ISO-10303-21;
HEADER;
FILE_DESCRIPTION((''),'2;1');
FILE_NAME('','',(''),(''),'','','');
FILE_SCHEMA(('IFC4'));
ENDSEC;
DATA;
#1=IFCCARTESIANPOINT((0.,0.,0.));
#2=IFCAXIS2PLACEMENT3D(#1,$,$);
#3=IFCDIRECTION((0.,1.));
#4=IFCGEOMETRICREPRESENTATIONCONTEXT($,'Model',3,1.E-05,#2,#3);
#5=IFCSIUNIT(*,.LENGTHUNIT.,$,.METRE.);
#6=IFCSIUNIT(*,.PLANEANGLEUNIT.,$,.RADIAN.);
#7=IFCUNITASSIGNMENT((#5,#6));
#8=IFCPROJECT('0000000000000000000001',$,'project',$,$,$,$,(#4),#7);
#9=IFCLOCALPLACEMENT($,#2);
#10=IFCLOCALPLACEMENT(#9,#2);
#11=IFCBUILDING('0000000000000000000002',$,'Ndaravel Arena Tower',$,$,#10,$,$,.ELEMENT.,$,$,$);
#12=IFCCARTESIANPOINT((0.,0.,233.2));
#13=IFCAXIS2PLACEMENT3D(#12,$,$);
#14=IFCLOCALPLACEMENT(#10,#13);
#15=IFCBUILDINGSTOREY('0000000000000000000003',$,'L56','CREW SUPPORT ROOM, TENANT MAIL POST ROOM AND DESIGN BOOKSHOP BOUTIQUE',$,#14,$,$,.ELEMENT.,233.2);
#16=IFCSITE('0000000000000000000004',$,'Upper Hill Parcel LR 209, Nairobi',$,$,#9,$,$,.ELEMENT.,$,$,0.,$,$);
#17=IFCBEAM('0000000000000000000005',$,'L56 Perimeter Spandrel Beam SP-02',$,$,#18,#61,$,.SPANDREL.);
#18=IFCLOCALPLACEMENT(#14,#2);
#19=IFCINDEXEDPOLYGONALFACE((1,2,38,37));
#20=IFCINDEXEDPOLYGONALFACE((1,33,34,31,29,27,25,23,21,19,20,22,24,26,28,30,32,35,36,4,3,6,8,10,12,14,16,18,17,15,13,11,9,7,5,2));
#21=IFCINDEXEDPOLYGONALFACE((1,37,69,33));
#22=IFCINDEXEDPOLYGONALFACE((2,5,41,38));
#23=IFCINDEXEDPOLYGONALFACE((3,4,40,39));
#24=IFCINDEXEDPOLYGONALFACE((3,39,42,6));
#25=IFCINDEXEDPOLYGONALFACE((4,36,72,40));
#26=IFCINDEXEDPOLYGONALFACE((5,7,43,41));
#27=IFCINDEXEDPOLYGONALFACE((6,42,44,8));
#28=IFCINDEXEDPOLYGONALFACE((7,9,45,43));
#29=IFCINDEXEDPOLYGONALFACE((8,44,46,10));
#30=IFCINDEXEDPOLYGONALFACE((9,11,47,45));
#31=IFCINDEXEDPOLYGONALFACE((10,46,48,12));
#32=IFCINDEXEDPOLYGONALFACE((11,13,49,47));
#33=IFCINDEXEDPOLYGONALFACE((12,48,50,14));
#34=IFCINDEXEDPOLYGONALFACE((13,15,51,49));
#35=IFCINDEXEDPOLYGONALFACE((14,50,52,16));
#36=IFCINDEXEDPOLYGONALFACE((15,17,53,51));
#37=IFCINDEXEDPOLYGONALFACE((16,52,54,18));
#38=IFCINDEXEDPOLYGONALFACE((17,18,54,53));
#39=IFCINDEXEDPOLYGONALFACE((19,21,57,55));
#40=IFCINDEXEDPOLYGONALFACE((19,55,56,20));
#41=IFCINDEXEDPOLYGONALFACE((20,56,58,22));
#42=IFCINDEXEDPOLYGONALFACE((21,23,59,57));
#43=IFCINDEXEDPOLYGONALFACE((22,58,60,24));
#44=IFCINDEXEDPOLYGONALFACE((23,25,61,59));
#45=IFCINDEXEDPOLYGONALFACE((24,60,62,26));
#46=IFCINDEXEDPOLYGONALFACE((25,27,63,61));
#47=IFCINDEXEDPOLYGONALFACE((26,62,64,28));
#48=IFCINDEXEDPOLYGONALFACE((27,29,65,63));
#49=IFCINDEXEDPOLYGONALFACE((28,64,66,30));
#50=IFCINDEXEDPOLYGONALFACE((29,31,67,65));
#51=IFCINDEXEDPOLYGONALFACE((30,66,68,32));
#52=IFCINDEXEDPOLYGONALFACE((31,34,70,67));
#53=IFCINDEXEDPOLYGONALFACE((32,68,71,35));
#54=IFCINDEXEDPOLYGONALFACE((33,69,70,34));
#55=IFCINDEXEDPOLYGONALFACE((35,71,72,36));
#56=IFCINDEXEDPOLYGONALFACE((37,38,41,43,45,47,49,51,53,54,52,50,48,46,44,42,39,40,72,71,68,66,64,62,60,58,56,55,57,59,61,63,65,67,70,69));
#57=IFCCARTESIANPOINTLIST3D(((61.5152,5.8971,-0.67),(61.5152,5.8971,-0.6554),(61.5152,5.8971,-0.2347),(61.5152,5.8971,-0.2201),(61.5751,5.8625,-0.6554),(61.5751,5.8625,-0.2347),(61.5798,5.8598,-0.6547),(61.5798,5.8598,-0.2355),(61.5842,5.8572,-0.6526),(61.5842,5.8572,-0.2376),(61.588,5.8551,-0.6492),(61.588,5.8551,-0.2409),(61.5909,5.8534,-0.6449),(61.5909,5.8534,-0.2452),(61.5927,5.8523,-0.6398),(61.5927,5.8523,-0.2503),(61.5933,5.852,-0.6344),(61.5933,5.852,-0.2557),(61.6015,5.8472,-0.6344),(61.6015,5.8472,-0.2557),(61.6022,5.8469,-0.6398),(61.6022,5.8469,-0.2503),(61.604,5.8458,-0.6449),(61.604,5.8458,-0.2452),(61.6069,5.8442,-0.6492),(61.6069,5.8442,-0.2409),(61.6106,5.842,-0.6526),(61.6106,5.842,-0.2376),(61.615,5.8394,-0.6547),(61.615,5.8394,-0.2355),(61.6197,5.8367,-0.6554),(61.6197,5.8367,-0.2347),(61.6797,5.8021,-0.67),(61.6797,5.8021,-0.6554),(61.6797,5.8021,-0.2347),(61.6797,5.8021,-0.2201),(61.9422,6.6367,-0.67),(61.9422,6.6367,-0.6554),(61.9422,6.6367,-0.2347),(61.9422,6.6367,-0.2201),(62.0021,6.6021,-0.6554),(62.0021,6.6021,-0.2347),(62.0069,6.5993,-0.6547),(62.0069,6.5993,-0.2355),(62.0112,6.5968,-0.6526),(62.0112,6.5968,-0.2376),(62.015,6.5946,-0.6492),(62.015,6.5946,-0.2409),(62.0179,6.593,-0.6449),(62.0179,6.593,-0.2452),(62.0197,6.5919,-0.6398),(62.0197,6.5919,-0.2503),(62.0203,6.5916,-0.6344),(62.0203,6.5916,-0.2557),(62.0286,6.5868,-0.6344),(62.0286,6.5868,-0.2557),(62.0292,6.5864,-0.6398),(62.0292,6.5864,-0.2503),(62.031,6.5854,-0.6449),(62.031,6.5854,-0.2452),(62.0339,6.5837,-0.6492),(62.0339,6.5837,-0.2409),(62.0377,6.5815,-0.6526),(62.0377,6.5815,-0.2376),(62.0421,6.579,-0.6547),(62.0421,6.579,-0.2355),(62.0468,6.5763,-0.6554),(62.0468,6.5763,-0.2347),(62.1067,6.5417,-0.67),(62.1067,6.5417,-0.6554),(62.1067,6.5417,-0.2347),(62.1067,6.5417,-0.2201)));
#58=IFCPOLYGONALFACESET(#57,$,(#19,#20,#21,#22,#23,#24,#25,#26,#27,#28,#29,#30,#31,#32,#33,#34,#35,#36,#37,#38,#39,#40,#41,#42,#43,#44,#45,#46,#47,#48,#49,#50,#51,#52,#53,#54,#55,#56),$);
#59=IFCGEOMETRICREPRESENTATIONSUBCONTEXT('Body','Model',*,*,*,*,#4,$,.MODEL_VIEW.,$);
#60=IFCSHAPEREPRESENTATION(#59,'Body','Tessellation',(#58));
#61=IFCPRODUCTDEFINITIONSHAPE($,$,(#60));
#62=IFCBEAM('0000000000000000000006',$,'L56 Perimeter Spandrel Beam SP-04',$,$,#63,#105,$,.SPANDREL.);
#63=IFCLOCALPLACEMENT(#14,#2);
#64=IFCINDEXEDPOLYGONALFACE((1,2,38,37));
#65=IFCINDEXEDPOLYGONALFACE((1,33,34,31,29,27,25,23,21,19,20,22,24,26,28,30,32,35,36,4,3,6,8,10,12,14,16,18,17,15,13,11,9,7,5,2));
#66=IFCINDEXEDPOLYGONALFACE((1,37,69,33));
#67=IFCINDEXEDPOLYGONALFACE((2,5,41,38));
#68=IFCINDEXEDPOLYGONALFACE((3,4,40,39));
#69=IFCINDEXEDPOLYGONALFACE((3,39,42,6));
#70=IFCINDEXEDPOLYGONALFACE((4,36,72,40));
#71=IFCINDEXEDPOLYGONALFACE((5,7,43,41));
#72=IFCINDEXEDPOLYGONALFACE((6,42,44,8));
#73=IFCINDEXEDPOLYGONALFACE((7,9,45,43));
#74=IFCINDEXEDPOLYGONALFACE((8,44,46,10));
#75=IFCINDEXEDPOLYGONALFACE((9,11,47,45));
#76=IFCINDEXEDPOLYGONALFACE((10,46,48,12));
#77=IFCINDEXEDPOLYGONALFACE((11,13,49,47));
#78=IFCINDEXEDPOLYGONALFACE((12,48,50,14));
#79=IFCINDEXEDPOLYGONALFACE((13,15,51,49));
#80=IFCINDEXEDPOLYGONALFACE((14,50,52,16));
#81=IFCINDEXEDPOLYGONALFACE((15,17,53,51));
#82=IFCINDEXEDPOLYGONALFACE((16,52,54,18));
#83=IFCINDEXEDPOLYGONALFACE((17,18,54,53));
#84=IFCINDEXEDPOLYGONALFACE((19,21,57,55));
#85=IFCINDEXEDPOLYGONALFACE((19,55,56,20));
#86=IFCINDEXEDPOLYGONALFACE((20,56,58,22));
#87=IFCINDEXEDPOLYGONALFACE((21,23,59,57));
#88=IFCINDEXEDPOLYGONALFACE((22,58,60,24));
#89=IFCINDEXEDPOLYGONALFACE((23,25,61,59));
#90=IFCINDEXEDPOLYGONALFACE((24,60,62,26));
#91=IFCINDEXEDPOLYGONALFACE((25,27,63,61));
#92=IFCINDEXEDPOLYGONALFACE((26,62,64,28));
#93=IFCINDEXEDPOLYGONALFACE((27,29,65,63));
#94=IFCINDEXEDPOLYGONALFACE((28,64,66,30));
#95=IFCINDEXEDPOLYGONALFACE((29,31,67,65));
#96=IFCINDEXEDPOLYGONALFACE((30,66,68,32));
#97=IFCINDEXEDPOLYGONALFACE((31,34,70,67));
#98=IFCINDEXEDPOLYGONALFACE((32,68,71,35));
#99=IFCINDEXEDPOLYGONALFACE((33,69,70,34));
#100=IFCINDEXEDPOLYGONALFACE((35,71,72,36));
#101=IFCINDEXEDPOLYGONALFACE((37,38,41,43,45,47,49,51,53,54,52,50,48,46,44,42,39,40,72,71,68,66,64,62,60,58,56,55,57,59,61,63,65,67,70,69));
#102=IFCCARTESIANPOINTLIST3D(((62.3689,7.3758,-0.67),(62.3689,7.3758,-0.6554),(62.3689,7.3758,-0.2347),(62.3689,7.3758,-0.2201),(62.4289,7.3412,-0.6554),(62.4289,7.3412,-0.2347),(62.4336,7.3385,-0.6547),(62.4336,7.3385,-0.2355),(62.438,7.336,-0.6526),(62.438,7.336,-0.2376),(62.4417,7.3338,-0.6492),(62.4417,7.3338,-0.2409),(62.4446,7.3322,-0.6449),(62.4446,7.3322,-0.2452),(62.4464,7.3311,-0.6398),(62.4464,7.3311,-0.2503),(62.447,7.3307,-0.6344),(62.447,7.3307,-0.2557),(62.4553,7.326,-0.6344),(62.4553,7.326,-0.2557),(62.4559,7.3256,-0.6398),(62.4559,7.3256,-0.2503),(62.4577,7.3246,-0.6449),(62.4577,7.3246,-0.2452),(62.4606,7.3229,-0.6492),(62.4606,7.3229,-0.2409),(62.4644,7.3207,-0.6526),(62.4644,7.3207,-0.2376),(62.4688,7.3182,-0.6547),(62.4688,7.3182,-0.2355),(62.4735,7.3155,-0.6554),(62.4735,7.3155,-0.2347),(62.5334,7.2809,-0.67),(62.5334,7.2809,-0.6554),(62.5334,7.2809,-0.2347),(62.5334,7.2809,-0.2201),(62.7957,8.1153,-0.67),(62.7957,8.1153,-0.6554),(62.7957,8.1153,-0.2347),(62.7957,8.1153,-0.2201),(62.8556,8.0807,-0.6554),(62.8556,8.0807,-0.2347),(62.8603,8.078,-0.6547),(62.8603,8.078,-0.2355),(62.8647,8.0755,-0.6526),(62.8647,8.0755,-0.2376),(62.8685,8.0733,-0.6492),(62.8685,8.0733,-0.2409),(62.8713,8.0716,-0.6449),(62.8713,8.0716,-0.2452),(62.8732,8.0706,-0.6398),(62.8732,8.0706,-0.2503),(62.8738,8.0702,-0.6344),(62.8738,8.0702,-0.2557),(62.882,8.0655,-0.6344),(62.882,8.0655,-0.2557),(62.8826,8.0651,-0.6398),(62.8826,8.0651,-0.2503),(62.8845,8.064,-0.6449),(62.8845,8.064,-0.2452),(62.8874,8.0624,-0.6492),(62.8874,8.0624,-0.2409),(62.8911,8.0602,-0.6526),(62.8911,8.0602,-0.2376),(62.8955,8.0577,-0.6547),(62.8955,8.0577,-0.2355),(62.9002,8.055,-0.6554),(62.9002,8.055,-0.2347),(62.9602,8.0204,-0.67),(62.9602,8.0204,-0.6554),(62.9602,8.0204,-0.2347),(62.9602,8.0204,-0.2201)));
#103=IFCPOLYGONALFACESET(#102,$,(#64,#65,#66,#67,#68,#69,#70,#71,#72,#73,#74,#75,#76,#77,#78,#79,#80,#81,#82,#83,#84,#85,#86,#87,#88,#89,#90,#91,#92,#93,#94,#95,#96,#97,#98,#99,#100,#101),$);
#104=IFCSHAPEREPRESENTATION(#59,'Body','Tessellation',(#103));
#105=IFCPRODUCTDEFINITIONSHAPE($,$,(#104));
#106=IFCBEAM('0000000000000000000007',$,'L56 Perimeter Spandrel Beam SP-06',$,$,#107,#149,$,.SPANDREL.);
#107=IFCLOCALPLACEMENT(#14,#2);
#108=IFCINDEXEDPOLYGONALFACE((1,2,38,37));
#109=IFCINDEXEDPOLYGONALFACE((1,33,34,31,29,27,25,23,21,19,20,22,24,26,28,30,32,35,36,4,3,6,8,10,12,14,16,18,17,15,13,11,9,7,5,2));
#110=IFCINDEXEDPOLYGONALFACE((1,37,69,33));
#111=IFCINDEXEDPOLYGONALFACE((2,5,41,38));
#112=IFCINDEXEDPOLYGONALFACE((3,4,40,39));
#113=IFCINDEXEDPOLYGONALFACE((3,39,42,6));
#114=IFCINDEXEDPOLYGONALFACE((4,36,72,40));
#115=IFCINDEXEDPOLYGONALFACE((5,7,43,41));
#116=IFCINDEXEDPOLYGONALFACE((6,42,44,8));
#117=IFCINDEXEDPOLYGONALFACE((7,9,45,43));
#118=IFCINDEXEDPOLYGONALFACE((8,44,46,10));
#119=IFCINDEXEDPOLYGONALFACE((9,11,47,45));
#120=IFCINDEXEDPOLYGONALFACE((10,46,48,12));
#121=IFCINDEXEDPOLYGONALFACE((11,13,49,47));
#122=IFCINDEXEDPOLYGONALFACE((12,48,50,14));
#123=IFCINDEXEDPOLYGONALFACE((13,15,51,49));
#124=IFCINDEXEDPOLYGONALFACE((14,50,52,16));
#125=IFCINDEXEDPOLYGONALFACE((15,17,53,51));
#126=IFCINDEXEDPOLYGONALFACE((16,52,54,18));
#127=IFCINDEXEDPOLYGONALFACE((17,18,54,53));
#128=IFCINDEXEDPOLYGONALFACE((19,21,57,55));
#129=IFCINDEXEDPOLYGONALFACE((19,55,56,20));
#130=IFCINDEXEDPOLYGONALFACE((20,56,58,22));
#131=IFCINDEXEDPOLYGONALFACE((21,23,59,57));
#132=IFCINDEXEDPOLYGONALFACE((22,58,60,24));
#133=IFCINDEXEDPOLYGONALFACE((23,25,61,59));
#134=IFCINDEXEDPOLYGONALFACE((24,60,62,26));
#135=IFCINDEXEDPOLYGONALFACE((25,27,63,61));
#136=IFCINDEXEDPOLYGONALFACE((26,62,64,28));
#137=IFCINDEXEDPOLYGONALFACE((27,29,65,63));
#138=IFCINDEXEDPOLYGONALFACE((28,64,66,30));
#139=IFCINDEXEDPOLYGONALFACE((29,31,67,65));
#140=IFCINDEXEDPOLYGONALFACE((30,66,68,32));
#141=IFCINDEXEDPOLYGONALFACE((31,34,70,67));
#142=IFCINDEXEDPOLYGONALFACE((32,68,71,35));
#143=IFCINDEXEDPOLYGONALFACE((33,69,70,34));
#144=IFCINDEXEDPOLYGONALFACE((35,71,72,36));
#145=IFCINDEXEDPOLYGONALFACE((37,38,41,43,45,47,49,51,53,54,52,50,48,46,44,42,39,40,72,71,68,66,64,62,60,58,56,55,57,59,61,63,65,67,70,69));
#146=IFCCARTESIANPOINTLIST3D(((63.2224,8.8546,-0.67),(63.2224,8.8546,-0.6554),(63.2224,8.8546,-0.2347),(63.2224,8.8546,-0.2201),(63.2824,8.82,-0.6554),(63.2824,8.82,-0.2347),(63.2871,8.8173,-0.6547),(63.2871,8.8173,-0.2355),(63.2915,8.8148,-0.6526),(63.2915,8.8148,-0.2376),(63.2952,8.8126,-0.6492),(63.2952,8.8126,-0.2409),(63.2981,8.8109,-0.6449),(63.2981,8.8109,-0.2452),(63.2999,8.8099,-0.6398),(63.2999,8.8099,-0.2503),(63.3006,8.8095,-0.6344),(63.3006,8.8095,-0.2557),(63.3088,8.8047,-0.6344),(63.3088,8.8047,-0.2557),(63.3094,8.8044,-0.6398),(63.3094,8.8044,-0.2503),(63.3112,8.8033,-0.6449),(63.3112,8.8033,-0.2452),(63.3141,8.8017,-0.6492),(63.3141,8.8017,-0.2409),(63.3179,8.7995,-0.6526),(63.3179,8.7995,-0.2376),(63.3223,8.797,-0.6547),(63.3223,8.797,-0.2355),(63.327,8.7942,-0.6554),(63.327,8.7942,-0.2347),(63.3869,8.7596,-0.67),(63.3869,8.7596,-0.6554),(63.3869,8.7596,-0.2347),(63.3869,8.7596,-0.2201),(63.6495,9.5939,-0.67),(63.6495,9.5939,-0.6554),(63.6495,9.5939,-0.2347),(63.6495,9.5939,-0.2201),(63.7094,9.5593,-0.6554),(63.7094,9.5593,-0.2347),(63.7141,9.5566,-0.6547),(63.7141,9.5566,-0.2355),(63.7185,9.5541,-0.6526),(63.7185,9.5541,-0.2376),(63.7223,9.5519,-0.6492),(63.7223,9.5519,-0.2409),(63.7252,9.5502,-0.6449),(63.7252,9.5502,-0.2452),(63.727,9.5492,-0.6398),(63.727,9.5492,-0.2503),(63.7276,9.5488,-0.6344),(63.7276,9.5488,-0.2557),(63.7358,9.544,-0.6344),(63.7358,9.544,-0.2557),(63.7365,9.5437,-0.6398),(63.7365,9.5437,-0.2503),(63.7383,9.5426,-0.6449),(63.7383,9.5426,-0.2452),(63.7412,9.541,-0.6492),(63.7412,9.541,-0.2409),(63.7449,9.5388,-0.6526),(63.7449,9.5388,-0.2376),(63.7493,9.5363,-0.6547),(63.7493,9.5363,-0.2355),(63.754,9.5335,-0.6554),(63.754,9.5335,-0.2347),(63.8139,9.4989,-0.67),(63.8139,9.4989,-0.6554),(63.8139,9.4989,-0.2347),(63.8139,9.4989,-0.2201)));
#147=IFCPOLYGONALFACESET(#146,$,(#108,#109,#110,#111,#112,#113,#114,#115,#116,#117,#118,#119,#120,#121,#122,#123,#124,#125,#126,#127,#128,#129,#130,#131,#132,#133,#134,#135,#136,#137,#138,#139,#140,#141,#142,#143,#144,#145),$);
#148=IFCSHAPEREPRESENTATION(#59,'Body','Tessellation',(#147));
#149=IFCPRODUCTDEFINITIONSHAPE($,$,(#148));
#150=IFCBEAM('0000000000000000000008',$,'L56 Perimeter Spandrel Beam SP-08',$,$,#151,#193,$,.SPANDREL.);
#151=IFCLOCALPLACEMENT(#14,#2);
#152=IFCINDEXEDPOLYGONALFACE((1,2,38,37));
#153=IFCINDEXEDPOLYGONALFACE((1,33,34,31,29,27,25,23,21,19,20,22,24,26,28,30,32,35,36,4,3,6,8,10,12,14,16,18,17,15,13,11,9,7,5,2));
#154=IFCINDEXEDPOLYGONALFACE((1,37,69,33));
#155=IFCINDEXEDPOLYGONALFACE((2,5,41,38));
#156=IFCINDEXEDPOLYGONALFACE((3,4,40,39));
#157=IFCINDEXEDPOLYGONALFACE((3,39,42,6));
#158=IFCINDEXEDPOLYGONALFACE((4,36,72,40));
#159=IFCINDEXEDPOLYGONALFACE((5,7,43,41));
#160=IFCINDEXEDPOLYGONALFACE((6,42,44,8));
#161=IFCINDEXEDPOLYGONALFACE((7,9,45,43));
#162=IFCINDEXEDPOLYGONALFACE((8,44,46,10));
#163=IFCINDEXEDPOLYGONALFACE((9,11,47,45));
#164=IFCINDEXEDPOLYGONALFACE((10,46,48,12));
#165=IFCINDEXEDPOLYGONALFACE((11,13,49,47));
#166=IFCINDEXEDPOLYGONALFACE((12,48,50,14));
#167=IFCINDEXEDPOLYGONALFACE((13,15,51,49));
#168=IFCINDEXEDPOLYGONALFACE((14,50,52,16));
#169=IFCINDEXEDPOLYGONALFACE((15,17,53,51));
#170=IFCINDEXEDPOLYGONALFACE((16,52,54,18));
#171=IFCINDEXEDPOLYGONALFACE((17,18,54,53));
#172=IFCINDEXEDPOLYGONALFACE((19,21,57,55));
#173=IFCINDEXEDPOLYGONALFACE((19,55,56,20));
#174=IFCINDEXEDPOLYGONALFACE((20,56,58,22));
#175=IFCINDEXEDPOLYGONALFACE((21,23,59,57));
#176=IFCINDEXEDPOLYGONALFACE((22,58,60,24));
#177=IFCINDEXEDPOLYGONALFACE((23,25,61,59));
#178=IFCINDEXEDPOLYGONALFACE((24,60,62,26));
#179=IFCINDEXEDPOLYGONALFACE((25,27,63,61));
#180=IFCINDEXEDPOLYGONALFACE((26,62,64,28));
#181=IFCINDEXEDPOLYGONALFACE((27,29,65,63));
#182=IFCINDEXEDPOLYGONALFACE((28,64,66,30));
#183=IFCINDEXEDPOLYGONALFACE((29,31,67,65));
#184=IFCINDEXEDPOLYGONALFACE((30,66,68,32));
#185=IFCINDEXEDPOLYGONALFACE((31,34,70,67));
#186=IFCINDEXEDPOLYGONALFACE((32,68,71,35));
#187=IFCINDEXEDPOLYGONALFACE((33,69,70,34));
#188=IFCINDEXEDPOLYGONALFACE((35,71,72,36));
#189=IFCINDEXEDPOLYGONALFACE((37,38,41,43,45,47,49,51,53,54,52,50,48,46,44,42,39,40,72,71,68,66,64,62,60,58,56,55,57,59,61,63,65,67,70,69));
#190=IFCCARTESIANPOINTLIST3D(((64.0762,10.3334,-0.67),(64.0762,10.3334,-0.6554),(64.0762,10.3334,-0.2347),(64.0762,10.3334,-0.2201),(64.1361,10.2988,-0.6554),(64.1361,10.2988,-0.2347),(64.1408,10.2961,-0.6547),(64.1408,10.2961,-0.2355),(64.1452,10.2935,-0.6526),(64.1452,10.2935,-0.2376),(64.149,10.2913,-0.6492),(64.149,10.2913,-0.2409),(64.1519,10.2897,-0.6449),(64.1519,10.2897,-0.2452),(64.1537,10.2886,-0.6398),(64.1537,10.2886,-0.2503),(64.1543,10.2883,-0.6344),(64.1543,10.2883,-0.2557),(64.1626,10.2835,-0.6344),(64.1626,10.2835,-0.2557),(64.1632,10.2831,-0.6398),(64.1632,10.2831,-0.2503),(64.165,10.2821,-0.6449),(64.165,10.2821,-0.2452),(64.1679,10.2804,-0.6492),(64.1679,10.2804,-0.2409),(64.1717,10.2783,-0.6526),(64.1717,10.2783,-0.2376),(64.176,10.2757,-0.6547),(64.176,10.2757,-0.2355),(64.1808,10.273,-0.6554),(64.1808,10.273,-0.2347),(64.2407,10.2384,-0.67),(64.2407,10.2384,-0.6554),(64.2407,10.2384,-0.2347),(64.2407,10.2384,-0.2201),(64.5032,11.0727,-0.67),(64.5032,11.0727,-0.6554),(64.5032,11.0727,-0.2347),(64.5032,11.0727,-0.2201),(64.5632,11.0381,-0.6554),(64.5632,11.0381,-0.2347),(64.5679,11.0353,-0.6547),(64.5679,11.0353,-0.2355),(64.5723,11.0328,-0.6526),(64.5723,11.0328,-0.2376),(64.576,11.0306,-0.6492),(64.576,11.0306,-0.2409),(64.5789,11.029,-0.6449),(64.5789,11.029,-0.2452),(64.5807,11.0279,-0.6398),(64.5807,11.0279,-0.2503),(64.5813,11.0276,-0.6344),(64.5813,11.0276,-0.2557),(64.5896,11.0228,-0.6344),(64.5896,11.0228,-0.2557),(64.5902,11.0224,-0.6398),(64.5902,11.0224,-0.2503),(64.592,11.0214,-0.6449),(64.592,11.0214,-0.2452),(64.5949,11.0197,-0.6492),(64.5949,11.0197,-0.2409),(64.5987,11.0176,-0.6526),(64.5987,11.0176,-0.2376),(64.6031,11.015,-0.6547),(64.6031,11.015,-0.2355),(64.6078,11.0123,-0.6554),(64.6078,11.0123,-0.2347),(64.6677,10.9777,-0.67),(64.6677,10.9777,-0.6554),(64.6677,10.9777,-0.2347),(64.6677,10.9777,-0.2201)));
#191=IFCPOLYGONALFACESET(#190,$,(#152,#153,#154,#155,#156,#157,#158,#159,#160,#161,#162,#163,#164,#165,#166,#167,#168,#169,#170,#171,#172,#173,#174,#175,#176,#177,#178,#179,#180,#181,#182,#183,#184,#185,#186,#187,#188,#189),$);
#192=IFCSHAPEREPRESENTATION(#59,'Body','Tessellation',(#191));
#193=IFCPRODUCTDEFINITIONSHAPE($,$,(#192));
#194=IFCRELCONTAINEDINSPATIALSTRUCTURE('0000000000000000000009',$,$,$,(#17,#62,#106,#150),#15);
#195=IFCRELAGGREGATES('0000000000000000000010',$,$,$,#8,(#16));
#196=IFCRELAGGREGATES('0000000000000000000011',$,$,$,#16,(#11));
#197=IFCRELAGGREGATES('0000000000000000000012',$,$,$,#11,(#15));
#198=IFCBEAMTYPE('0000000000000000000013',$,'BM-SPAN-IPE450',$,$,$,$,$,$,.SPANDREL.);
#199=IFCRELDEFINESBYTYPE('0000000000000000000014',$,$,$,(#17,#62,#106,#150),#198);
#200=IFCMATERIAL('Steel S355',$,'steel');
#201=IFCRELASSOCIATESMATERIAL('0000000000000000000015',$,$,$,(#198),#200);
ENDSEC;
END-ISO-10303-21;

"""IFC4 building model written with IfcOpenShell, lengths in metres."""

from ifc_helpers import new_model, si_unit, direction, frame, origin, origin_2d, place, context, subcontext, project, spatial, i_section, extrude, material, material_profile, profile_set, type_object, element, save


model = new_model("IFC4")

# Units and contexts
model_context = context("Model", 3, precision=1e-05, world=origin(), true_north=direction((0.0, 1.0)))
body_context = subcontext(model_context, "Body", "Model", "MODEL_VIEW")
ifc_project = project(units=[si_unit("LENGTHUNIT", "METRE"), si_unit("PLANEANGLEUNIT", "RADIAN")], contexts=[model_context])

# Site, building, storey
site_placement = place(None, origin())
site = spatial("IfcSite", under=ifc_project, at=site_placement, Name="Upper Hill Parcel LR 209, Nairobi", CompositionType="ELEMENT", RefElevation=0.0)
building_placement = place(site_placement, origin())
building = spatial("IfcBuilding", under=site, at=building_placement, Name="Ndaravel Arena Tower", CompositionType="ELEMENT")
storey_placement = place(building_placement, frame((0.0, 0.0, 233.2)))
storey = spatial("IfcBuildingStorey", under=building, at=storey_placement, Name="L56", Description="CREW SUPPORT ROOM, TENANT MAIL POST ROOM AND DESIGN BOOKSHOP BOUTIQUE", CompositionType="ELEMENT", Elevation=233.2)

# Beams
ifc_material_1 = material(Name="Steel S355", Category="steel")
ifc_material_profile_1 = material_profile(ifc_material_1, i_section(OverallWidth=0.1899, OverallDepth=0.45, WebThickness=0.0095, FlangeThickness=0.0146, FilletRadius=0.021, at=origin_2d()), Name="IPE 450")
ifc_profile_set_1 = profile_set([ifc_material_profile_1], Name="Steel S355")
beam_type = type_object("IfcBeamType", Name="BM-SPAN-IPE450", PredefinedType="SPANDREL", material=ifc_profile_set_1)
beam_1_placement = place(storey_placement, frame((61.5974, 5.8496, -0.4451), z_axis=(0.500044, 0.866, 0.0), x_axis=(-0.866, 0.500044, 0.0)))
element("IfcBeam", 1, at=beam_1_placement, inside=storey, type_object=beam_type, Name="L56 Perimeter Spandrel Beam SP-02", PredefinedType="SPANDREL", context=body_context, shape_type="SweptSolid", body=[
    extrude(i_section(OverallWidth=0.1899, OverallDepth=0.45, WebThickness=0.0095, FlangeThickness=0.0146, FilletRadius=0.021, at=origin_2d()), origin(), (0.0, 0.0, 1.0), 0.854),
])
for number, where, z_axis, x_axis, name in (
    (2, (62.4512, 7.3284, -0.4451), (0.49983, 0.866124, 0.0), (-0.866124, 0.49983, 0.0), "L56 Perimeter Spandrel Beam SP-04"),
    (3, (63.3047, 8.8071, -0.4451), (0.500168, 0.865928, 0.0), (-0.865928, 0.500168, 0.0), "L56 Perimeter Spandrel Beam SP-06"),
    (4, (64.1584, 10.2859, -0.4451), (0.500168, 0.865928, 0.0), (-0.865928, 0.500168, 0.0), "L56 Perimeter Spandrel Beam SP-08"),
):
    element("IfcBeam", number, at=place(storey_placement, frame(where, z_axis=z_axis, x_axis=x_axis)), inside=storey, type_object=beam_type, Name=name, PredefinedType="SPANDREL", context=body_context, shape_type="SweptSolid", body=[
        extrude(i_section(OverallWidth=0.1899, OverallDepth=0.45, WebThickness=0.0095, FlangeThickness=0.0146, FilletRadius=0.021, at=origin_2d()), origin(), (0.0, 0.0, 1.0), 0.8538),
    ])

save(model, "model.ifc")
